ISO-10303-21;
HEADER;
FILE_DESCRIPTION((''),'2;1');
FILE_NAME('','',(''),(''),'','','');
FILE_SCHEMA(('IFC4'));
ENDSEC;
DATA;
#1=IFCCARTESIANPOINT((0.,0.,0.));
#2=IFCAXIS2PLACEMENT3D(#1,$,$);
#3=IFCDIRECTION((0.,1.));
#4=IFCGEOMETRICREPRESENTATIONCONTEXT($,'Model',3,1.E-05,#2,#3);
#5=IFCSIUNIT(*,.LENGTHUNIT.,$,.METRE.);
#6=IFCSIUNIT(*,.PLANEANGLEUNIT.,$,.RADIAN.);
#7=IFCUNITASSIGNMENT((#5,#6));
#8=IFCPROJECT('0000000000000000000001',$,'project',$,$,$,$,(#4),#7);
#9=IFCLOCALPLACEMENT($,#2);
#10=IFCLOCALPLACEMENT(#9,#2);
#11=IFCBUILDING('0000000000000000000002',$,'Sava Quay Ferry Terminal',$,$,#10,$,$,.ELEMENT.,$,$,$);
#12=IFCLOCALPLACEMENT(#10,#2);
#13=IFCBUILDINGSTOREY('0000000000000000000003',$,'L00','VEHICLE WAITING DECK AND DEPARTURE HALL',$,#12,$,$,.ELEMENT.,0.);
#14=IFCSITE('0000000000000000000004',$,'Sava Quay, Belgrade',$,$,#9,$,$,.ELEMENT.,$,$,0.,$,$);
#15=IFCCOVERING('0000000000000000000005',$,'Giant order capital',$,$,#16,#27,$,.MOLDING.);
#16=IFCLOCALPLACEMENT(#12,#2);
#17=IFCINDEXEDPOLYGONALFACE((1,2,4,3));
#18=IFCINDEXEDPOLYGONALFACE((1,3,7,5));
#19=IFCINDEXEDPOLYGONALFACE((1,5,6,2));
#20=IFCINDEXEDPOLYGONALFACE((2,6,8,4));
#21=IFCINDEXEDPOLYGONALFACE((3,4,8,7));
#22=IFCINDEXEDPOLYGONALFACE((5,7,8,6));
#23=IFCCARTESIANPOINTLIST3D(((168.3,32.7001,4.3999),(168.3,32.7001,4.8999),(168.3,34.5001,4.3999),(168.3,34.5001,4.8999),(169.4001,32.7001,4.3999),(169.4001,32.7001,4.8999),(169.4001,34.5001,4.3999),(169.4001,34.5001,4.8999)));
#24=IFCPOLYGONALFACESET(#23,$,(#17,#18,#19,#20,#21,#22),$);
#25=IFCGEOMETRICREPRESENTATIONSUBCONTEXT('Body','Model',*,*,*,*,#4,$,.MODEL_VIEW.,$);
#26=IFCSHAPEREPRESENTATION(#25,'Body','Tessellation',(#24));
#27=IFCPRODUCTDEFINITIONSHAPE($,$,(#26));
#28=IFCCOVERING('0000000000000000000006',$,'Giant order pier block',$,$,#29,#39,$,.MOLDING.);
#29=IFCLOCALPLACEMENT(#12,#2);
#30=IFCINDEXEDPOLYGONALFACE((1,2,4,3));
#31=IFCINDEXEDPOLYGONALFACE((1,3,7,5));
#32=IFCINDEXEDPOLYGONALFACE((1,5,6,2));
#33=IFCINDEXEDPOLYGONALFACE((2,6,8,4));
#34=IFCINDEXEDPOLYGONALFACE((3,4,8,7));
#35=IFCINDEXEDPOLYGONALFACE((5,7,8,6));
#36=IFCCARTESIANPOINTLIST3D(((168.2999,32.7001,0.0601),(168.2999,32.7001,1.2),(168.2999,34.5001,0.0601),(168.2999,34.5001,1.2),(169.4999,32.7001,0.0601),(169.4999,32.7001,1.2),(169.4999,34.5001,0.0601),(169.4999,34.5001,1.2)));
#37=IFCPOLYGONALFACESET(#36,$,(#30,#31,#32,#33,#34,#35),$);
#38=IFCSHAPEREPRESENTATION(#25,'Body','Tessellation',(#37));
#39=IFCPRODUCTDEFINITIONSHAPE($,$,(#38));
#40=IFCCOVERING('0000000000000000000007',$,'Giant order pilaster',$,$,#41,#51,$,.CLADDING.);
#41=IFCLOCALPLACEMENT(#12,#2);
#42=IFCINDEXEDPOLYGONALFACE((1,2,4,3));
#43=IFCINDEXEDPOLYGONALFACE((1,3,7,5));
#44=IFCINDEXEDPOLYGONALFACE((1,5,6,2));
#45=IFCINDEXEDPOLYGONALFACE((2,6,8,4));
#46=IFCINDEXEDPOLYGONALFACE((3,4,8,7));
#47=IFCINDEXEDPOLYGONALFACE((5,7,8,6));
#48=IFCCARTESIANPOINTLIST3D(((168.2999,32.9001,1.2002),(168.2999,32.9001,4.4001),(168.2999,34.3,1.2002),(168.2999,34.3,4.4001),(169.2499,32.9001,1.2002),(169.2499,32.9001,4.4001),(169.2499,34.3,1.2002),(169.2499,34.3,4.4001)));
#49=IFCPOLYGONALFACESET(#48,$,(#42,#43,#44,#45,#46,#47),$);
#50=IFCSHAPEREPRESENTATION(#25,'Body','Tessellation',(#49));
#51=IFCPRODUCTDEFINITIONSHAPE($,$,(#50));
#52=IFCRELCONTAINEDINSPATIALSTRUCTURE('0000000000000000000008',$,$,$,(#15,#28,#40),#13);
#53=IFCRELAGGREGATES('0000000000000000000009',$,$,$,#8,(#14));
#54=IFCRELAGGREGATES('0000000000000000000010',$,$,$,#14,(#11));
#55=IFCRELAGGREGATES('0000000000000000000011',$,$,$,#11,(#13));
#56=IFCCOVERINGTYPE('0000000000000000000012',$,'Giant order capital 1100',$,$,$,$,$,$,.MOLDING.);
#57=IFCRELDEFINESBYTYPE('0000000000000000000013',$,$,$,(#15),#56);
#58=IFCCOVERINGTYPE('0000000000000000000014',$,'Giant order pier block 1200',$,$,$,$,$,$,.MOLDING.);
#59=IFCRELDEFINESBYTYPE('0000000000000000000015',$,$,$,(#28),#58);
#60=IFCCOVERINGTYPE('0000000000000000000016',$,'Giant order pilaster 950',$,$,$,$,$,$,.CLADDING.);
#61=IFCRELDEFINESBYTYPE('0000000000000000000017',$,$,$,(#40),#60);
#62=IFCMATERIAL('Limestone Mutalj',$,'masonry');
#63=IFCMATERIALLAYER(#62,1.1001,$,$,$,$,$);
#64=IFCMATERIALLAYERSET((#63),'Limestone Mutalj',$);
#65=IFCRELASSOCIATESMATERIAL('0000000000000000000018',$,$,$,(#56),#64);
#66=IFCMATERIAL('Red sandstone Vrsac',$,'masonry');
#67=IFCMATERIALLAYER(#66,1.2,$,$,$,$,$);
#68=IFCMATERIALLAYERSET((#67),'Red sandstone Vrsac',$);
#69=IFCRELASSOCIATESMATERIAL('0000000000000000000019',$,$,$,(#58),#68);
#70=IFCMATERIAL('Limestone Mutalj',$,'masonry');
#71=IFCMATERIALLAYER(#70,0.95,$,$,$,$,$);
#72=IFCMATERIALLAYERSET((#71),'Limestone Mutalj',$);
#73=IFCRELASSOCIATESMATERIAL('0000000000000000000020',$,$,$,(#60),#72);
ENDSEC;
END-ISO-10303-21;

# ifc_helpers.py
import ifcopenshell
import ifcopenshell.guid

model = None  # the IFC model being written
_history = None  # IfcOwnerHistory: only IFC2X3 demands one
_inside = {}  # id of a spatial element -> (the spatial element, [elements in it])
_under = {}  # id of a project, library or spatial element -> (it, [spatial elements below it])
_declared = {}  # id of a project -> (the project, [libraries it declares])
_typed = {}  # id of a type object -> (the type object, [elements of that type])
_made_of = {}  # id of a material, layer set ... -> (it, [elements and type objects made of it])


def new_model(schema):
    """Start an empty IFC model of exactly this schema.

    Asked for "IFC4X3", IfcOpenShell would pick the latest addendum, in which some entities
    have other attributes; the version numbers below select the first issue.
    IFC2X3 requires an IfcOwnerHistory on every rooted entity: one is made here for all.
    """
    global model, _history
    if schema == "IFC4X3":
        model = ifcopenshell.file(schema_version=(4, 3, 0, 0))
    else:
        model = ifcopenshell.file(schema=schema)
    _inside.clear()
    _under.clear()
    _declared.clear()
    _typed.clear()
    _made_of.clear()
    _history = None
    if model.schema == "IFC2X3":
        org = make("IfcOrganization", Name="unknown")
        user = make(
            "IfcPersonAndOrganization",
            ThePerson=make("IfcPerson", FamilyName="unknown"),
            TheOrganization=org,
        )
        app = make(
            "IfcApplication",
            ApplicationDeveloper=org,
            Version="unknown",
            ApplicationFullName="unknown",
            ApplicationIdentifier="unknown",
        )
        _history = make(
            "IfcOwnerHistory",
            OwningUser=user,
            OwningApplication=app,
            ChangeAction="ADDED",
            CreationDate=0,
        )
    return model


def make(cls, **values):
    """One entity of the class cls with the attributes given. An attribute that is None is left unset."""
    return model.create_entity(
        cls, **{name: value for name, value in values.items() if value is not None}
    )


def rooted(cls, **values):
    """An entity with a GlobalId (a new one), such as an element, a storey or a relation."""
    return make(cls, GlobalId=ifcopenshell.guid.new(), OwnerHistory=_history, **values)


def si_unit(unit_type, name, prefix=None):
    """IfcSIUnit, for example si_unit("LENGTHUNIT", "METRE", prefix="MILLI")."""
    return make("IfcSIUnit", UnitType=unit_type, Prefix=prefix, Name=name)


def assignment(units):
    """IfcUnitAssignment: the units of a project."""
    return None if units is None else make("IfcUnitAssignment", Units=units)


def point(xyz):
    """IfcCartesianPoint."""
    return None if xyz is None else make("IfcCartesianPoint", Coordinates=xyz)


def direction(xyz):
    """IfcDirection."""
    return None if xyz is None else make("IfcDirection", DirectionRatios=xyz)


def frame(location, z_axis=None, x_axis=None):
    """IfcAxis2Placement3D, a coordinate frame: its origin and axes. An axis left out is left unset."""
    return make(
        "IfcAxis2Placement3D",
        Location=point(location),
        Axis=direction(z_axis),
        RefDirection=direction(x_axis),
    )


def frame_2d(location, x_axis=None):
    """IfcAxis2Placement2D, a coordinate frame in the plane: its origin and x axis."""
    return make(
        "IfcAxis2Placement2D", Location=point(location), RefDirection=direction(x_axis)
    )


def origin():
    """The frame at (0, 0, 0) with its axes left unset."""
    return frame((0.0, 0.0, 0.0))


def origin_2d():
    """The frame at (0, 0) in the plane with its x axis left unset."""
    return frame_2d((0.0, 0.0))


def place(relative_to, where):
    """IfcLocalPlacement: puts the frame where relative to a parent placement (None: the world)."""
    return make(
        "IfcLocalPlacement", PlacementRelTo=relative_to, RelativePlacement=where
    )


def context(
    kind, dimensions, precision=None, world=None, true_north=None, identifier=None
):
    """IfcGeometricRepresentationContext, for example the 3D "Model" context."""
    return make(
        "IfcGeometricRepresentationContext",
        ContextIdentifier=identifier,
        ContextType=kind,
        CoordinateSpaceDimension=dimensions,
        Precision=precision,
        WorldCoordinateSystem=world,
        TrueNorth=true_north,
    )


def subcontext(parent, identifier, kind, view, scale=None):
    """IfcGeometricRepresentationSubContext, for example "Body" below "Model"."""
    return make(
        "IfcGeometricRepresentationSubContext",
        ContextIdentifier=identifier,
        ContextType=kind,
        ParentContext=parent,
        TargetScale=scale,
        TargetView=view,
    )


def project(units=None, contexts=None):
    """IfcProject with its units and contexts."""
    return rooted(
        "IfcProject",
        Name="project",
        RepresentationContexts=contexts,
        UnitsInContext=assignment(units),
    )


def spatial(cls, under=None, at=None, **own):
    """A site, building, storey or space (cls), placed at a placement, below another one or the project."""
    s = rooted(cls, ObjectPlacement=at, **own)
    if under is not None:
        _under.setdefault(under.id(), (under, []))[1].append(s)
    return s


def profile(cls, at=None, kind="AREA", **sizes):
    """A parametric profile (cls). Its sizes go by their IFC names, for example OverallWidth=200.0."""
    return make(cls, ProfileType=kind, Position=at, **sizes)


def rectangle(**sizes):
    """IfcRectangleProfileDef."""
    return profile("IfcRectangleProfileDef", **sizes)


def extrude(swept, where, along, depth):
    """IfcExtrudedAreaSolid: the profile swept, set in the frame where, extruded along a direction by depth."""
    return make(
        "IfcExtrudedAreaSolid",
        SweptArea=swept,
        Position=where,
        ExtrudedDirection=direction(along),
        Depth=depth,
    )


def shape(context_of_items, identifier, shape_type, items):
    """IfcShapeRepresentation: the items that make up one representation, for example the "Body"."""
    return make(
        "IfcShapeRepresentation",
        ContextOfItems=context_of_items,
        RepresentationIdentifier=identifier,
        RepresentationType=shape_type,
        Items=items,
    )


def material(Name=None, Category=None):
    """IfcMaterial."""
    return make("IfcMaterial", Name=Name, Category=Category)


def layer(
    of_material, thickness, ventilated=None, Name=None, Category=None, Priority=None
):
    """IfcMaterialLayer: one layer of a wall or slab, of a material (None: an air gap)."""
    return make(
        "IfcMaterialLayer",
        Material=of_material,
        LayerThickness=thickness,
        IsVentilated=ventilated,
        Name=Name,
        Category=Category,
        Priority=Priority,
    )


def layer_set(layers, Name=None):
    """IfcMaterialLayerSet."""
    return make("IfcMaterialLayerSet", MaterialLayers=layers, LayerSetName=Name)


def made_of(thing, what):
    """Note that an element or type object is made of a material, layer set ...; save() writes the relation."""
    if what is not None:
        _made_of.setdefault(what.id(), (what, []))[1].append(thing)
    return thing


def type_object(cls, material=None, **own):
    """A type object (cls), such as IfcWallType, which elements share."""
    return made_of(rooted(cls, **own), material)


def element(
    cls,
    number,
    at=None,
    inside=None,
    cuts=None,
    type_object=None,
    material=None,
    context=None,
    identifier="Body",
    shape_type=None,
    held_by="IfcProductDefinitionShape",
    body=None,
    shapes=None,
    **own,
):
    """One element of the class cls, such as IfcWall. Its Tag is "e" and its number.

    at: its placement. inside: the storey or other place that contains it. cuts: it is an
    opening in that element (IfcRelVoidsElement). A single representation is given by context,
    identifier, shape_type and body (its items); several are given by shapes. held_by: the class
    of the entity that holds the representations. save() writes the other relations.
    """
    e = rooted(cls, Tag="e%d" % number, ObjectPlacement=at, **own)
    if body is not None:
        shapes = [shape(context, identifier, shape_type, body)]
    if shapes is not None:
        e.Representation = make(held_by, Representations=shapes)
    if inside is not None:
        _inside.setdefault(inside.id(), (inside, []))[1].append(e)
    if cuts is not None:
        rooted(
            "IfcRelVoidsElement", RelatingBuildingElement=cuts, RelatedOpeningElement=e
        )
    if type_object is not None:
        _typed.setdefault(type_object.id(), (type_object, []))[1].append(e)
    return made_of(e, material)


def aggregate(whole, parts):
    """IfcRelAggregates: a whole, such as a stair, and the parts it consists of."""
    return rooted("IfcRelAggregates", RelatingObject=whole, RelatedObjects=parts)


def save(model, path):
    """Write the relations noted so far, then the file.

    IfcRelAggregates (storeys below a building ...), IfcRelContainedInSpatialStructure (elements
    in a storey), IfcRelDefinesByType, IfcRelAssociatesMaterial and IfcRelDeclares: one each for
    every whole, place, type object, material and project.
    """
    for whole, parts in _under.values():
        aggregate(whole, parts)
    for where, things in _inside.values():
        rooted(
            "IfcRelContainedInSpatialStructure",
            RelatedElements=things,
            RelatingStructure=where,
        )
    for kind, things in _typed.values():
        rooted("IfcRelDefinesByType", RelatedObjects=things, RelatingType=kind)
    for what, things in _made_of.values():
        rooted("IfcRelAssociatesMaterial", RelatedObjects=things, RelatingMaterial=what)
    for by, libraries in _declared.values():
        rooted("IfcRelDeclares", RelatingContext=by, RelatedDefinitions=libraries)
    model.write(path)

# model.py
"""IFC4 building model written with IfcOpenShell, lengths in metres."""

from ifc_helpers import new_model, si_unit, direction, frame, origin, origin_2d, place, context, subcontext, project, spatial, rectangle, extrude, material, layer, layer_set, type_object, element, save


model = new_model("IFC4")

# Units and contexts
model_context = context("Model", 3, precision=1e-05, world=origin(), true_north=direction((0.0, 1.0)))
body_context = subcontext(model_context, "Body", "Model", "MODEL_VIEW")
ifc_project = project(units=[si_unit("LENGTHUNIT", "METRE"), si_unit("PLANEANGLEUNIT", "RADIAN")], contexts=[model_context])

# Site, building, storey
site_placement = place(None, origin())
site = spatial("IfcSite", under=ifc_project, at=site_placement, Name="Sava Quay, Belgrade", CompositionType="ELEMENT", RefElevation=0.0)
building_placement = place(site_placement, origin())
building = spatial("IfcBuilding", under=site, at=building_placement, Name="Sava Quay Ferry Terminal", CompositionType="ELEMENT")
storey_placement = place(building_placement, origin())
storey = spatial("IfcBuildingStorey", under=building, at=storey_placement, Name="L00", Description="VEHICLE WAITING DECK AND DEPARTURE HALL", CompositionType="ELEMENT", Elevation=0.0)

# Coverings
ifc_material_1 = material(Name="Limestone Mutalj", Category="masonry")
ifc_layer_1 = layer(ifc_material_1, 1.1001)
ifc_layer_set_1 = layer_set([ifc_layer_1], Name="Limestone Mutalj")
covering_type_1 = type_object("IfcCoveringType", Name="Giant order capital 1100", PredefinedType="MOLDING", material=ifc_layer_set_1)
covering_1_placement = place(storey_placement, frame((168.8501, 33.6001, 4.3999), z_axis=(0.0, 0.0, 1.0), x_axis=(1.0, 0.0, 0.0)))
element("IfcCovering", 1, at=covering_1_placement, inside=storey, type_object=covering_type_1, Name="Giant order capital", PredefinedType="MOLDING", context=body_context, shape_type="SweptSolid", body=[
    extrude(rectangle(XDim=1.1001, YDim=1.8, at=origin_2d()), origin(), (0.0, 0.0, 1.0), 0.5),
])
ifc_material_2 = material(Name="Red sandstone Vrsac", Category="masonry")
ifc_layer_2 = layer(ifc_material_2, 1.2)
ifc_layer_set_2 = layer_set([ifc_layer_2], Name="Red sandstone Vrsac")
covering_type_2 = type_object("IfcCoveringType", Name="Giant order pier block 1200", PredefinedType="MOLDING", material=ifc_layer_set_2)
covering_2_placement = place(storey_placement, frame((168.8999, 33.6001, 0.0601), z_axis=(0.0, 0.0, 1.0), x_axis=(1.0, 0.0, 0.0)))
element("IfcCovering", 2, at=covering_2_placement, inside=storey, type_object=covering_type_2, Name="Giant order pier block", PredefinedType="MOLDING", context=body_context, shape_type="SweptSolid", body=[
    extrude(rectangle(XDim=1.2, YDim=1.8, at=origin_2d()), origin(), (0.0, 0.0, 1.0), 1.1399),
])
ifc_material_3 = material(Name="Limestone Mutalj", Category="masonry")
ifc_layer_3 = layer(ifc_material_3, 0.95)
ifc_layer_set_3 = layer_set([ifc_layer_3], Name="Limestone Mutalj")
covering_type_3 = type_object("IfcCoveringType", Name="Giant order pilaster 950", PredefinedType="CLADDING", material=ifc_layer_set_3)
covering_3_placement = place(storey_placement, frame((168.7749, 33.6001, 1.2002), z_axis=(0.0, 0.0, 1.0), x_axis=(1.0, 0.0, 0.0)))
element("IfcCovering", 3, at=covering_3_placement, inside=storey, type_object=covering_type_3, Name="Giant order pilaster", PredefinedType="CLADDING", context=body_context, shape_type="SweptSolid", body=[
    extrude(rectangle(XDim=0.95, YDim=1.3999, at=origin_2d()), origin(), (0.0, 0.0, 1.0), 3.2),
])

save(model, "model.ifc")
